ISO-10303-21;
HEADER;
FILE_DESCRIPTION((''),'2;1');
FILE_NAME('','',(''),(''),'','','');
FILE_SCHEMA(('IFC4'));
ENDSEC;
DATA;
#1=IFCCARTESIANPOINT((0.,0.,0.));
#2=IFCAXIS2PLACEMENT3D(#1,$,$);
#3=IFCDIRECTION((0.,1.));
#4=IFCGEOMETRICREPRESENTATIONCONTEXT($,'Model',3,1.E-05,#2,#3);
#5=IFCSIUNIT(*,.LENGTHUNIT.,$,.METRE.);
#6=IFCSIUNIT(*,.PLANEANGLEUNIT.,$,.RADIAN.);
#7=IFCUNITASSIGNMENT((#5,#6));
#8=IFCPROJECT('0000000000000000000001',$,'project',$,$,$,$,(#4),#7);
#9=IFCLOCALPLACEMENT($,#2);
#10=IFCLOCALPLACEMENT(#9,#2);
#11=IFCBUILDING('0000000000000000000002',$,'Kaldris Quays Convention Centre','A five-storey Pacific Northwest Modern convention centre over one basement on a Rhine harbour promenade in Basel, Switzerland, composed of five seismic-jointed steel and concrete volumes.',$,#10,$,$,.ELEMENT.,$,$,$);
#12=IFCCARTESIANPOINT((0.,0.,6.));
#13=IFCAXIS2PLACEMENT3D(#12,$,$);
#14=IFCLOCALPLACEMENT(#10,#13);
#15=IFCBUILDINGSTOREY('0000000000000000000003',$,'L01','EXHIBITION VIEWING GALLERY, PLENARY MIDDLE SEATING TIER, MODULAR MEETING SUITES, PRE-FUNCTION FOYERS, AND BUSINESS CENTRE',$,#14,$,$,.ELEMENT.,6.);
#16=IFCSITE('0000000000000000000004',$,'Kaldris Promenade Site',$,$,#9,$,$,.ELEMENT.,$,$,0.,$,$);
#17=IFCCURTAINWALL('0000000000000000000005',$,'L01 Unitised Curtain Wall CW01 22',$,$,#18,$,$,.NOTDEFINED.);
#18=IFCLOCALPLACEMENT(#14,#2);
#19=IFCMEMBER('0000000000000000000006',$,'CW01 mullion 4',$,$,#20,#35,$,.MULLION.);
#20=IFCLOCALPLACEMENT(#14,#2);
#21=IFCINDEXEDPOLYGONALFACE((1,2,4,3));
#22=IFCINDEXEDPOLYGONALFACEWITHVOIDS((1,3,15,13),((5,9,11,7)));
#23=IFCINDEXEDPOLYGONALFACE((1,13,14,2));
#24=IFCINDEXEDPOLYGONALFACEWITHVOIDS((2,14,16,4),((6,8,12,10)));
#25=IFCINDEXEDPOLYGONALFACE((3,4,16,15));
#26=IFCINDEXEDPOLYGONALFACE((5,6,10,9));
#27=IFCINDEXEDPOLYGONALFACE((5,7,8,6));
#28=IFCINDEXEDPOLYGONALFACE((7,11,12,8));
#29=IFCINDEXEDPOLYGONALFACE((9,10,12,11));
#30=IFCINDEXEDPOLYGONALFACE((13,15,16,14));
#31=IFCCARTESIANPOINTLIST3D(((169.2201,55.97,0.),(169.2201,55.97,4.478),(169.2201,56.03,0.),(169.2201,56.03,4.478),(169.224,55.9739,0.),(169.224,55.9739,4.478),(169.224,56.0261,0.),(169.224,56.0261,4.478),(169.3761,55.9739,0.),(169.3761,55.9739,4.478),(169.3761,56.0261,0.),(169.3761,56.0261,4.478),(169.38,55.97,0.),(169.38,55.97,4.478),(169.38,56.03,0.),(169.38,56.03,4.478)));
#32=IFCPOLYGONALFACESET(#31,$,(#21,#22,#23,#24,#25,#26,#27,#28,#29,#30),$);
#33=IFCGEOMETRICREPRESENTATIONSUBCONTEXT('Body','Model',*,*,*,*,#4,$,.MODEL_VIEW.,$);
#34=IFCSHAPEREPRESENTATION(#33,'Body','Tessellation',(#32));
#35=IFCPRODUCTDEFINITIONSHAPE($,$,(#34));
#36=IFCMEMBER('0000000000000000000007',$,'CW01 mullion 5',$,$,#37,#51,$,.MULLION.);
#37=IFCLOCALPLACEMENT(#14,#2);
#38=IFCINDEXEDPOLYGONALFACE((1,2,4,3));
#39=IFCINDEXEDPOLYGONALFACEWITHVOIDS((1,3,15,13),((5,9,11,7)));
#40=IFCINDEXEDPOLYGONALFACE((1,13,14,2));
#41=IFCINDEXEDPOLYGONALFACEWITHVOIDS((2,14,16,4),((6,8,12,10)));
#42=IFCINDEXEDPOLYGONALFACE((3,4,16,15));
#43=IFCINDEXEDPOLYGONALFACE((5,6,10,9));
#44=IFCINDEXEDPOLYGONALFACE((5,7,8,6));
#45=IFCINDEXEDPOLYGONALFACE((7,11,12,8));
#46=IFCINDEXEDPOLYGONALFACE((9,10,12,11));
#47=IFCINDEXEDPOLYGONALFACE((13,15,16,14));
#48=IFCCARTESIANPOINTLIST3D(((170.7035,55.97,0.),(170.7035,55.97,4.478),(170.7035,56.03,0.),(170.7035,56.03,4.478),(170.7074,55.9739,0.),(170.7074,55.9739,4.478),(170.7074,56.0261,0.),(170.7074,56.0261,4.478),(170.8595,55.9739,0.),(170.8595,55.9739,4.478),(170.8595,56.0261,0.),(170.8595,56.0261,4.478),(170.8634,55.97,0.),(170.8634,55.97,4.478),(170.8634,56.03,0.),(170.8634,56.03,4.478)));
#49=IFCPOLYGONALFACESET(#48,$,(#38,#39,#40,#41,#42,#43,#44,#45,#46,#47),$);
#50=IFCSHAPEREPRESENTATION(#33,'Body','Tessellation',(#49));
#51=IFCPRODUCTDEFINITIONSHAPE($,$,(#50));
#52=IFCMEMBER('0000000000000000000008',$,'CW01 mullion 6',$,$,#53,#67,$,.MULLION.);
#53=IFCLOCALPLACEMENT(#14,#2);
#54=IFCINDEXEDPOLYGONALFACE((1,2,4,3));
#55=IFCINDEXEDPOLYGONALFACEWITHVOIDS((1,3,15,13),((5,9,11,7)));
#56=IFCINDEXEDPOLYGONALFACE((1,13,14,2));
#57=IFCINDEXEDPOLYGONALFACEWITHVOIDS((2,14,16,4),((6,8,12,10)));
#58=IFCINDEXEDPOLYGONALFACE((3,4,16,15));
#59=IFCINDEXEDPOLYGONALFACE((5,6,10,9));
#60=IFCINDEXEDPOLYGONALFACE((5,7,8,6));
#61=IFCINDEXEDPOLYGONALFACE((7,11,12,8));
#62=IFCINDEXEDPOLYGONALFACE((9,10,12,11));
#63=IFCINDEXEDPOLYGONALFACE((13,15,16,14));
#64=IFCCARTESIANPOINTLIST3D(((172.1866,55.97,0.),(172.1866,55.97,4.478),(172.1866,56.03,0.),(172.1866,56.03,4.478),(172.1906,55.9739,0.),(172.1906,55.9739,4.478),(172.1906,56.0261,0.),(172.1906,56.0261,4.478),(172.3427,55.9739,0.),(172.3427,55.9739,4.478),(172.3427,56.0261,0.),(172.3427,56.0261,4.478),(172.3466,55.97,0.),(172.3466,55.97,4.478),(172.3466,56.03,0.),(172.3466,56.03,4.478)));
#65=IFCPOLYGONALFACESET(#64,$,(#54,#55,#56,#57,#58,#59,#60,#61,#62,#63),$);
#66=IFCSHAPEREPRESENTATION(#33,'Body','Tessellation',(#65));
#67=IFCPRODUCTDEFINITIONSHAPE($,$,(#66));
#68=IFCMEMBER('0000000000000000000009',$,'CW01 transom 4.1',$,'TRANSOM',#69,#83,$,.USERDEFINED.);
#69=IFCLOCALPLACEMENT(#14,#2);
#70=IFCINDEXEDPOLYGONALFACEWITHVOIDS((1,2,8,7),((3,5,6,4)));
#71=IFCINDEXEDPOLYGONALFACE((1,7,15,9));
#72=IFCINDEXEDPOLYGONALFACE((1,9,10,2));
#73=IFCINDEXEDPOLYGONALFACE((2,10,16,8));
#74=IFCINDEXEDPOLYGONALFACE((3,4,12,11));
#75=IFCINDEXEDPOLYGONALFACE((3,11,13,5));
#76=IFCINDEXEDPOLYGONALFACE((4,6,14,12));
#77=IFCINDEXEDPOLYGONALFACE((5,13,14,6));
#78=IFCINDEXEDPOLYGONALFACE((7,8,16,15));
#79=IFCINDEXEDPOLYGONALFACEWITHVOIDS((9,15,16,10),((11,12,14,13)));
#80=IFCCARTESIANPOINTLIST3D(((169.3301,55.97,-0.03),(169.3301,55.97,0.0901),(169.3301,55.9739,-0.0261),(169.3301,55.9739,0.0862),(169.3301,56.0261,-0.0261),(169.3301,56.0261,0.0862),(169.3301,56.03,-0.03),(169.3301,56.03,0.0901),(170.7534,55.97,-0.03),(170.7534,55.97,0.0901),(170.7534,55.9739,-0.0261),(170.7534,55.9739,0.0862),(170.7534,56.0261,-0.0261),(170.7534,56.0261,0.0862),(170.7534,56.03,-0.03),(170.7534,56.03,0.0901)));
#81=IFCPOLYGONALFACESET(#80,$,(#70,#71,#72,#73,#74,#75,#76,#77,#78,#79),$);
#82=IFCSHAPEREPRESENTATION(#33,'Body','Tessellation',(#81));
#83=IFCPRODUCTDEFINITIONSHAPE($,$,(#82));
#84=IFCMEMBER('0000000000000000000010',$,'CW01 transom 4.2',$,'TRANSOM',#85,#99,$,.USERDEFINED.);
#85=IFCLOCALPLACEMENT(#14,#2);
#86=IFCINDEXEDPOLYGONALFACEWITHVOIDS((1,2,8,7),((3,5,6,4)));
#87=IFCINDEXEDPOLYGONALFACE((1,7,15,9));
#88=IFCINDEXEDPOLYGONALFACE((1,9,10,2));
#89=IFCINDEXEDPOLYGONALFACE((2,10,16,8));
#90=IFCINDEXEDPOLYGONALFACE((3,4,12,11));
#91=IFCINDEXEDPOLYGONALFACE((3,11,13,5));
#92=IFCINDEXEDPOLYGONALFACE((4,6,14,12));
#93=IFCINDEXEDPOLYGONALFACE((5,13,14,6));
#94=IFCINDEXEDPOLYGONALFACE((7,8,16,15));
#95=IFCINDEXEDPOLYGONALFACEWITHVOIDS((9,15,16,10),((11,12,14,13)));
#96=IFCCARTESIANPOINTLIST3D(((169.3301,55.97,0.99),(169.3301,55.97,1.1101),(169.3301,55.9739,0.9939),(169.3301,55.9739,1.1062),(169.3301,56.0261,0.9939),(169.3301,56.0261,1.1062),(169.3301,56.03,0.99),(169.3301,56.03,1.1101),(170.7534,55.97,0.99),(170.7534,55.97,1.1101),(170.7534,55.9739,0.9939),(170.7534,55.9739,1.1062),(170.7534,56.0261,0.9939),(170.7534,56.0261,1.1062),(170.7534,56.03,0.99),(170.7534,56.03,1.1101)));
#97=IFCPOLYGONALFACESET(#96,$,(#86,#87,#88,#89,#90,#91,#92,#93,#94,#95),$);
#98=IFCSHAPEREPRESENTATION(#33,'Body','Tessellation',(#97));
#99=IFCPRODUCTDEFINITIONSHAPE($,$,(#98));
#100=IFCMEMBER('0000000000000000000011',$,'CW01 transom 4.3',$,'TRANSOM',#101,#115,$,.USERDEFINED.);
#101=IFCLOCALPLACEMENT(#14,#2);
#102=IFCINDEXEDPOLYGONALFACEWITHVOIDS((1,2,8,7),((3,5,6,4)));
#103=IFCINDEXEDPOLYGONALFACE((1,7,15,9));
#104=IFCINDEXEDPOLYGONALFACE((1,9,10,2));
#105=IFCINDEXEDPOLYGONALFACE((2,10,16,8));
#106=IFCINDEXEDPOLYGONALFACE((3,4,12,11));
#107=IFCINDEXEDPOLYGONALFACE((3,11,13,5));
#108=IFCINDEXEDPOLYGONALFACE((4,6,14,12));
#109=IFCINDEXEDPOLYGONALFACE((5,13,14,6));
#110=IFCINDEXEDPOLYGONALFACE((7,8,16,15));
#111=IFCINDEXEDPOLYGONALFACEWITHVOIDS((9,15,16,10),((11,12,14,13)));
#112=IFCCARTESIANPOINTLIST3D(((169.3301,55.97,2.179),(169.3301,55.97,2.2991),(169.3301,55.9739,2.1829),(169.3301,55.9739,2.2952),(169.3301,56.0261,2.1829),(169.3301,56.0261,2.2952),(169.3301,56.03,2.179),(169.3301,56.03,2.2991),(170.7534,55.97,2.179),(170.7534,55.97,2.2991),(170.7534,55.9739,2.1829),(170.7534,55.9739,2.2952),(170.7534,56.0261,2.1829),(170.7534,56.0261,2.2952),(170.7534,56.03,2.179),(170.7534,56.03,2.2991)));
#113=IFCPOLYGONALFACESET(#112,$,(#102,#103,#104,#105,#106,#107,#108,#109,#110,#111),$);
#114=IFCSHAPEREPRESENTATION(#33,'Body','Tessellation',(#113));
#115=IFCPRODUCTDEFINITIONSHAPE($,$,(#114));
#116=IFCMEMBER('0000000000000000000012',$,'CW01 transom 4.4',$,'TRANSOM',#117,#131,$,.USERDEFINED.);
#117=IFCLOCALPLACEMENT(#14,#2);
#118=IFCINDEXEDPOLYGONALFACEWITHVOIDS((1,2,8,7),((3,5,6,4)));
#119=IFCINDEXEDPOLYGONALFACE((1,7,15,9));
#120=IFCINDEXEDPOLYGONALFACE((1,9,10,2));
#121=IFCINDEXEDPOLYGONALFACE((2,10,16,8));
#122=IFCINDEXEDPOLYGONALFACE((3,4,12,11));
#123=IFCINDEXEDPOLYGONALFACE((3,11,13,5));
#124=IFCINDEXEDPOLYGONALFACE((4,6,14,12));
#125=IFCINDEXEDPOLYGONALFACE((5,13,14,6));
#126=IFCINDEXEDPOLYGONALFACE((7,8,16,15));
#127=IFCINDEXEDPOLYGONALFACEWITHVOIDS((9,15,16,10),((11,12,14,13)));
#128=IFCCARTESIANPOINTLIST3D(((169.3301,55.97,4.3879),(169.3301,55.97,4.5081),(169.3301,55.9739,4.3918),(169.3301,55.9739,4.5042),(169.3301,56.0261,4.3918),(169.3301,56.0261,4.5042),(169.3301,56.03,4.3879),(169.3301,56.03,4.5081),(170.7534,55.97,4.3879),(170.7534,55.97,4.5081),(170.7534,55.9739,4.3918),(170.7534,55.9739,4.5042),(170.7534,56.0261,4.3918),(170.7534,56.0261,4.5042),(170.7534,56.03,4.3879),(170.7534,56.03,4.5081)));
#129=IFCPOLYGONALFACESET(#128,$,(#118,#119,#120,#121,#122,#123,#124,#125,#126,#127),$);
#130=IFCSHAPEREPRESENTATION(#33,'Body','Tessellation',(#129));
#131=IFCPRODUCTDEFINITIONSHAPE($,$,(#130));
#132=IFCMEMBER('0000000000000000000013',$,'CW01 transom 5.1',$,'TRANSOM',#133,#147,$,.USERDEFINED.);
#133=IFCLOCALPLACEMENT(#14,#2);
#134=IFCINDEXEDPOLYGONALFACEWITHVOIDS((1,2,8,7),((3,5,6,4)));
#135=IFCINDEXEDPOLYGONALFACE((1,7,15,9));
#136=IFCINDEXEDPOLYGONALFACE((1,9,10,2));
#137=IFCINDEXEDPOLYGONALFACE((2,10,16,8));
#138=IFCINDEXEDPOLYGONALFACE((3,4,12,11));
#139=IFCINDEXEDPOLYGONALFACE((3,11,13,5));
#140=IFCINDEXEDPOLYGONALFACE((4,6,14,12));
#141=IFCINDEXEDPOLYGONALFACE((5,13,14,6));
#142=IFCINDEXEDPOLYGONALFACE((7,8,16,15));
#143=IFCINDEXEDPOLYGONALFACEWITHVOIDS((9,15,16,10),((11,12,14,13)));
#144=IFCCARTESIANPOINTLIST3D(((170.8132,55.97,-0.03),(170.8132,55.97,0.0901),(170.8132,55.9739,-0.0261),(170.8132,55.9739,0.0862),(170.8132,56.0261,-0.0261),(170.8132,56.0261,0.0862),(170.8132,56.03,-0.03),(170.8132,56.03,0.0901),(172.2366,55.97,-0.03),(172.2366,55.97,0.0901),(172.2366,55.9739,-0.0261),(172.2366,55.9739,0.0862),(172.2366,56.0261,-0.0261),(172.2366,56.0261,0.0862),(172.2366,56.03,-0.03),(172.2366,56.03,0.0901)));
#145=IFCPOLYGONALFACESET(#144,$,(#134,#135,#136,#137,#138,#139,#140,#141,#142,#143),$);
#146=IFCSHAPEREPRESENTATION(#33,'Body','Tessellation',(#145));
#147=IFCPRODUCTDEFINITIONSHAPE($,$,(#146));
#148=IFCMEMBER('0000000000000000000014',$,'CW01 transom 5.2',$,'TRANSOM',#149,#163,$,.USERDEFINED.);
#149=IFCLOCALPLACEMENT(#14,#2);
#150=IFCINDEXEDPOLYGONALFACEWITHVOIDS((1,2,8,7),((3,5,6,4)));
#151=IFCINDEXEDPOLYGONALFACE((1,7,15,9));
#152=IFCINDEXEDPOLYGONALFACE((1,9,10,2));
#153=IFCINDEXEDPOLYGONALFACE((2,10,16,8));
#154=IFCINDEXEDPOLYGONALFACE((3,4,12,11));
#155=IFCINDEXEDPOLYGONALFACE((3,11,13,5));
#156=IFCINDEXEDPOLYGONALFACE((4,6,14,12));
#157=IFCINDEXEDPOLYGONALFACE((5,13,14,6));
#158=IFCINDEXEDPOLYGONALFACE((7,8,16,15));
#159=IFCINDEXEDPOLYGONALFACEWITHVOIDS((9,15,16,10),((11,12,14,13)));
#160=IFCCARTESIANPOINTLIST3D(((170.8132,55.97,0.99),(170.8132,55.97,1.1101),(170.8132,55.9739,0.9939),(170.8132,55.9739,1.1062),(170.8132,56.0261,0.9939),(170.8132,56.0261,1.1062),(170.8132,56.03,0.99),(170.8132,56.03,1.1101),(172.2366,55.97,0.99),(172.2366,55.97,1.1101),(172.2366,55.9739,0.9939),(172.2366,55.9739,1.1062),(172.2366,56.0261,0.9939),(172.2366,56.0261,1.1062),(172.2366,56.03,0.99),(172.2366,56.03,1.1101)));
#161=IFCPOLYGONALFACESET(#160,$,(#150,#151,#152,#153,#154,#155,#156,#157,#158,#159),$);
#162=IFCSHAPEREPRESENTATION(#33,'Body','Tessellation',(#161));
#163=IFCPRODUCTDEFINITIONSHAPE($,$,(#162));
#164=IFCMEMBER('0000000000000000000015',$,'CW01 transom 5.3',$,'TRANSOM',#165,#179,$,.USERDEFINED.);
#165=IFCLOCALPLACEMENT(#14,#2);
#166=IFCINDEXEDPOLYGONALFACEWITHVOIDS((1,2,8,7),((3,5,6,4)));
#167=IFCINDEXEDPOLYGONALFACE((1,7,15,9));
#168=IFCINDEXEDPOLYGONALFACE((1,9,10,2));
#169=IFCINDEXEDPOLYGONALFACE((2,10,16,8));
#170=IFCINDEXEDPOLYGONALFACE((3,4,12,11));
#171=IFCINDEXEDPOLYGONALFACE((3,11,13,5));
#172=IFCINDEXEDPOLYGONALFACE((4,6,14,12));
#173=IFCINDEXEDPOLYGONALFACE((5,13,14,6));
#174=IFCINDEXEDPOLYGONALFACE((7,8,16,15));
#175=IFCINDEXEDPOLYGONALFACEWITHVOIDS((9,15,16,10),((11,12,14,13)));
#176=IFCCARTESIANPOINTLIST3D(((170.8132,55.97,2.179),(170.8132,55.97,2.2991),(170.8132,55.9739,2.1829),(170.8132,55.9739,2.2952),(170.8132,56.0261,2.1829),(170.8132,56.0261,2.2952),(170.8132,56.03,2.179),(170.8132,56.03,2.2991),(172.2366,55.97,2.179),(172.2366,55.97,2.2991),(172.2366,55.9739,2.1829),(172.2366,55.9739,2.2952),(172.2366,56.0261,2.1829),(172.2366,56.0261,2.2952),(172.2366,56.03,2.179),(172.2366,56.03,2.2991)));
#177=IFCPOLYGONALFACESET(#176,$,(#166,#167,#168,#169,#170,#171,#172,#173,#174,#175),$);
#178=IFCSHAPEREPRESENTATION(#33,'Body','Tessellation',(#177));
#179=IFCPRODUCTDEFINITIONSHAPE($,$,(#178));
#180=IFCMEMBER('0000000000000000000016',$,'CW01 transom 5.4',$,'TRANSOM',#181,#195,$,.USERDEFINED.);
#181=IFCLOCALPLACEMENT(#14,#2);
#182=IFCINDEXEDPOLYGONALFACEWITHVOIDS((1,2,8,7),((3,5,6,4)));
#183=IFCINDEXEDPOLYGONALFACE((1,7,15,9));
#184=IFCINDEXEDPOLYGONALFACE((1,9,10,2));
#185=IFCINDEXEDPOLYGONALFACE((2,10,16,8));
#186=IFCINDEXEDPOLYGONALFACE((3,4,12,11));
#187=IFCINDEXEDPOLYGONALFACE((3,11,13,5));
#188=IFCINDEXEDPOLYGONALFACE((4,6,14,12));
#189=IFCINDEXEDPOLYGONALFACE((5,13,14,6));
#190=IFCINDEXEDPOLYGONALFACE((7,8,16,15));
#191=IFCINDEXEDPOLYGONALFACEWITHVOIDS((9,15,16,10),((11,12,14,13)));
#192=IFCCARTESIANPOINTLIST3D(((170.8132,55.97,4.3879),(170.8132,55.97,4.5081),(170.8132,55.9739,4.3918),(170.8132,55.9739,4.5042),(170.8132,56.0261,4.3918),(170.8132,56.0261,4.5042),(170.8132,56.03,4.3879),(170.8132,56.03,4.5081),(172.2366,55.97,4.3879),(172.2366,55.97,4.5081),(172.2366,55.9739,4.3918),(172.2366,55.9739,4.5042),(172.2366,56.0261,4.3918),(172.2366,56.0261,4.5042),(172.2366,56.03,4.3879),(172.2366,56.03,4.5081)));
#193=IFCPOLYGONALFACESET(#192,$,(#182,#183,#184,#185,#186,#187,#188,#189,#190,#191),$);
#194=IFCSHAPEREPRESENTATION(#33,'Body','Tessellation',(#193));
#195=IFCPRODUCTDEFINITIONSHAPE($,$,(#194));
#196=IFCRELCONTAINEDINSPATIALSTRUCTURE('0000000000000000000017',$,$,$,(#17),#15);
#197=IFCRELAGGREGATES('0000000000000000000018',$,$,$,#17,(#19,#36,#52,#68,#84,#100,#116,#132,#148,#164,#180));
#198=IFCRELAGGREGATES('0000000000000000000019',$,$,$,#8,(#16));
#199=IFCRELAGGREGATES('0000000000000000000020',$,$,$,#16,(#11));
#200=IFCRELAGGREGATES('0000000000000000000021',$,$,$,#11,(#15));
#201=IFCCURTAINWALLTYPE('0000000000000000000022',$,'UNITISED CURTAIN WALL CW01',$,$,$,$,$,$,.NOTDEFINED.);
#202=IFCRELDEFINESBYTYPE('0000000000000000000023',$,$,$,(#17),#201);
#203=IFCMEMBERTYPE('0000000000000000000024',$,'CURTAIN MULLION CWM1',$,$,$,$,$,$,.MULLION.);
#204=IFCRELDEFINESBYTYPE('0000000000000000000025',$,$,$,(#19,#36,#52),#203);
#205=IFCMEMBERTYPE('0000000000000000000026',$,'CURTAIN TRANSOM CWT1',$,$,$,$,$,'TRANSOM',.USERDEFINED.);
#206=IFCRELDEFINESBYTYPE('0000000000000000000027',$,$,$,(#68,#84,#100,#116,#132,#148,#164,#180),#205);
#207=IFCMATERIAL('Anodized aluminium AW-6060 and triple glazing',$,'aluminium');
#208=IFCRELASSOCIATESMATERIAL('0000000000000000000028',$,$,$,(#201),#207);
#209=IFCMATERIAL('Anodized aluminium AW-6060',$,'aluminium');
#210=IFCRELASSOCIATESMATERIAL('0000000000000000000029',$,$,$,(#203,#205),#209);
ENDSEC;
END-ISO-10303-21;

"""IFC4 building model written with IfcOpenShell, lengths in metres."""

from ifc_helpers import new_model, si_unit, direction, frame, origin, origin_2d, place, context, subcontext, project, spatial, hollow_rectangle, extrude, material, material_profile, profile_set, type_object, element, aggregate, save


model = new_model("IFC4")

# Units and contexts
model_context = context("Model", 3, precision=1e-05, world=origin(), true_north=direction((0.0, 1.0)))
body_context = subcontext(model_context, "Body", "Model", "MODEL_VIEW")
ifc_project = project(units=[si_unit("LENGTHUNIT", "METRE"), si_unit("PLANEANGLEUNIT", "RADIAN")], contexts=[model_context])

# Site, building, storey
site_placement = place(None, origin())
site = spatial("IfcSite", under=ifc_project, at=site_placement, Name="Kaldris Promenade Site", CompositionType="ELEMENT", RefElevation=0.0)
building_placement = place(site_placement, origin())
building = spatial("IfcBuilding", under=site, at=building_placement, Name="Kaldris Quays Convention Centre", Description="A five-storey Pacific Northwest Modern convention centre over one basement on a Rhine harbour promenade in Basel, Switzerland, composed of five seismic-jointed steel and concrete volumes.", CompositionType="ELEMENT")
storey_placement = place(building_placement, frame((0.0, 0.0, 6.0)))
storey = spatial("IfcBuildingStorey", under=building, at=storey_placement, Name="L01", Description="EXHIBITION VIEWING GALLERY, PLENARY MIDDLE SEATING TIER, MODULAR MEETING SUITES, PRE-FUNCTION FOYERS, AND BUSINESS CENTRE", CompositionType="ELEMENT", Elevation=6.0)

# Curtain wall, members
ifc_material_1 = material(Name="Anodized aluminium AW-6060 and triple glazing", Category="aluminium")
curtain_wall_type = type_object("IfcCurtainWallType", Name="UNITISED CURTAIN WALL CW01", PredefinedType="NOTDEFINED", material=ifc_material_1)
curtain_wall_placement = place(storey_placement, origin())
curtain_wall = element("IfcCurtainWall", 1, at=curtain_wall_placement, inside=storey, type_object=curtain_wall_type, Name="L01 Unitised Curtain Wall CW01 22", PredefinedType="NOTDEFINED")
ifc_material_2 = material(Name="Anodized aluminium AW-6060", Category="aluminium")
ifc_material_profile_1 = material_profile(ifc_material_2, hollow_rectangle(XDim=0.0601, YDim=0.1599, WallThickness=0.0039, at=origin_2d()), Name="RHS 160x60x4")
ifc_profile_set_1 = profile_set([ifc_material_profile_1], Name="Anodized aluminium AW-6060")
member_type_1 = type_object("IfcMemberType", Name="CURTAIN MULLION CWM1", PredefinedType="MULLION", material=ifc_profile_set_1)
member_1_placement = place(storey_placement, frame((169.3, 56.0, 0.0), z_axis=(0.0, 0.0, 1.0), x_axis=(0.0, 1.0, 0.0)))
member_1 = element("IfcMember", 2, at=member_1_placement, type_object=member_type_1, Name="CW01 mullion 4", PredefinedType="MULLION", context=body_context, shape_type="SweptSolid", body=[
    extrude(hollow_rectangle(XDim=0.0601, YDim=0.1599, WallThickness=0.0039, at=origin_2d()), origin(), (0.0, 0.0, 1.0), 4.478),
])
member_2_placement = place(storey_placement, frame((170.7834, 56.0, 0.0), z_axis=(0.0, 0.0, 1.0), x_axis=(0.0, 1.0, 0.0)))
member_2 = element("IfcMember", 3, at=member_2_placement, type_object=member_type_1, Name="CW01 mullion 5", PredefinedType="MULLION", context=body_context, shape_type="SweptSolid", body=[
    extrude(hollow_rectangle(XDim=0.0601, YDim=0.1599, WallThickness=0.0039, at=origin_2d()), origin(), (0.0, 0.0, 1.0), 4.478),
])
member_3_placement = place(storey_placement, frame((172.2666, 56.0, 0.0), z_axis=(0.0, 0.0, 1.0), x_axis=(0.0, 1.0, 0.0)))
member_3 = element("IfcMember", 4, at=member_3_placement, type_object=member_type_1, Name="CW01 mullion 6", PredefinedType="MULLION", context=body_context, shape_type="SweptSolid", body=[
    extrude(hollow_rectangle(XDim=0.0601, YDim=0.1599, WallThickness=0.0039, at=origin_2d()), origin(), (0.0, 0.0, 1.0), 4.478),
])
ifc_material_profile_2 = material_profile(ifc_material_2, hollow_rectangle(XDim=0.0601, YDim=0.1201, WallThickness=0.0039, at=origin_2d()), Name="RHS 120x60x4")
ifc_profile_set_2 = profile_set([ifc_material_profile_2], Name="Anodized aluminium AW-6060")
member_type_2 = type_object("IfcMemberType", Name="CURTAIN TRANSOM CWT1", ElementType="TRANSOM", PredefinedType="USERDEFINED", material=ifc_profile_set_2)
member_4_placement = place(storey_placement, frame((169.3301, 56.0, 0.03), z_axis=(1.0, 0.0, 0.0), x_axis=(0.0, 1.0, 0.0)))
member_4 = element("IfcMember", 5, at=member_4_placement, type_object=member_type_2, Name="CW01 transom 4.1", ObjectType="TRANSOM", PredefinedType="USERDEFINED", context=body_context, shape_type="SweptSolid", body=[
    extrude(hollow_rectangle(XDim=0.0601, YDim=0.1201, WallThickness=0.0039, at=origin_2d()), origin(), (0.0, 0.0, 1.0), 1.4233),
])
member_5_placement = place(storey_placement, frame((169.3301, 56.0, 1.05), z_axis=(1.0, 0.0, 0.0), x_axis=(0.0, 1.0, 0.0)))
member_5 = element("IfcMember", 6, at=member_5_placement, type_object=member_type_2, Name="CW01 transom 4.2", ObjectType="TRANSOM", PredefinedType="USERDEFINED", context=body_context, shape_type="SweptSolid", body=[
    extrude(hollow_rectangle(XDim=0.0601, YDim=0.1201, WallThickness=0.0039, at=origin_2d()), origin(), (0.0, 0.0, 1.0), 1.4233),
])
member_6_placement = place(storey_placement, frame((169.3301, 56.0, 2.239), z_axis=(1.0, 0.0, 0.0), x_axis=(0.0, 1.0, 0.0)))
member_6 = element("IfcMember", 7, at=member_6_placement, type_object=member_type_2, Name="CW01 transom 4.3", ObjectType="TRANSOM", PredefinedType="USERDEFINED", context=body_context, shape_type="SweptSolid", body=[
    extrude(hollow_rectangle(XDim=0.0601, YDim=0.1201, WallThickness=0.0039, at=origin_2d()), origin(), (0.0, 0.0, 1.0), 1.4233),
])
member_7_placement = place(storey_placement, frame((169.3301, 56.0, 4.448), z_axis=(1.0, 0.0, 0.0), x_axis=(0.0, 1.0, 0.0)))
member_7 = element("IfcMember", 8, at=member_7_placement, type_object=member_type_2, Name="CW01 transom 4.4", ObjectType="TRANSOM", PredefinedType="USERDEFINED", context=body_context, shape_type="SweptSolid", body=[
    extrude(hollow_rectangle(XDim=0.0601, YDim=0.1201, WallThickness=0.0039, at=origin_2d()), origin(), (0.0, 0.0, 1.0), 1.4233),
])
member_8_placement = place(storey_placement, frame((170.8132, 56.0, 0.03), z_axis=(1.0, 0.0, 0.0), x_axis=(0.0, 1.0, 0.0)))
member_8 = element("IfcMember", 9, at=member_8_placement, type_object=member_type_2, Name="CW01 transom 5.1", ObjectType="TRANSOM", PredefinedType="USERDEFINED", context=body_context, shape_type="SweptSolid", body=[
    extrude(hollow_rectangle(XDim=0.0601, YDim=0.1201, WallThickness=0.0039, at=origin_2d()), origin(), (0.0, 0.0, 1.0), 1.4233),
])
member_9_placement = place(storey_placement, frame((170.8132, 56.0, 1.05), z_axis=(1.0, 0.0, 0.0), x_axis=(0.0, 1.0, 0.0)))
member_9 = element("IfcMember", 10, at=member_9_placement, type_object=member_type_2, Name="CW01 transom 5.2", ObjectType="TRANSOM", PredefinedType="USERDEFINED", context=body_context, shape_type="SweptSolid", body=[
    extrude(hollow_rectangle(XDim=0.0601, YDim=0.1201, WallThickness=0.0039, at=origin_2d()), origin(), (0.0, 0.0, 1.0), 1.4233),
])
member_10_placement = place(storey_placement, frame((170.8132, 56.0, 2.239), z_axis=(1.0, 0.0, 0.0), x_axis=(0.0, 1.0, 0.0)))
member_10 = element("IfcMember", 11, at=member_10_placement, type_object=member_type_2, Name="CW01 transom 5.3", ObjectType="TRANSOM", PredefinedType="USERDEFINED", context=body_context, shape_type="SweptSolid", body=[
    extrude(hollow_rectangle(XDim=0.0601, YDim=0.1201, WallThickness=0.0039, at=origin_2d()), origin(), (0.0, 0.0, 1.0), 1.4233),
])
member_11_placement = place(storey_placement, frame((170.8132, 56.0, 4.448), z_axis=(1.0, 0.0, 0.0), x_axis=(0.0, 1.0, 0.0)))
member_11 = element("IfcMember", 12, at=member_11_placement, type_object=member_type_2, Name="CW01 transom 5.4", ObjectType="TRANSOM", PredefinedType="USERDEFINED", context=body_context, shape_type="SweptSolid", body=[
    extrude(hollow_rectangle(XDim=0.0601, YDim=0.1201, WallThickness=0.0039, at=origin_2d()), origin(), (0.0, 0.0, 1.0), 1.4233),
])
aggregate(curtain_wall, [member_1, member_2, member_3, member_4, member_5, member_6, member_7, member_8, member_9, member_10, member_11])

save(model, "model.ifc")
